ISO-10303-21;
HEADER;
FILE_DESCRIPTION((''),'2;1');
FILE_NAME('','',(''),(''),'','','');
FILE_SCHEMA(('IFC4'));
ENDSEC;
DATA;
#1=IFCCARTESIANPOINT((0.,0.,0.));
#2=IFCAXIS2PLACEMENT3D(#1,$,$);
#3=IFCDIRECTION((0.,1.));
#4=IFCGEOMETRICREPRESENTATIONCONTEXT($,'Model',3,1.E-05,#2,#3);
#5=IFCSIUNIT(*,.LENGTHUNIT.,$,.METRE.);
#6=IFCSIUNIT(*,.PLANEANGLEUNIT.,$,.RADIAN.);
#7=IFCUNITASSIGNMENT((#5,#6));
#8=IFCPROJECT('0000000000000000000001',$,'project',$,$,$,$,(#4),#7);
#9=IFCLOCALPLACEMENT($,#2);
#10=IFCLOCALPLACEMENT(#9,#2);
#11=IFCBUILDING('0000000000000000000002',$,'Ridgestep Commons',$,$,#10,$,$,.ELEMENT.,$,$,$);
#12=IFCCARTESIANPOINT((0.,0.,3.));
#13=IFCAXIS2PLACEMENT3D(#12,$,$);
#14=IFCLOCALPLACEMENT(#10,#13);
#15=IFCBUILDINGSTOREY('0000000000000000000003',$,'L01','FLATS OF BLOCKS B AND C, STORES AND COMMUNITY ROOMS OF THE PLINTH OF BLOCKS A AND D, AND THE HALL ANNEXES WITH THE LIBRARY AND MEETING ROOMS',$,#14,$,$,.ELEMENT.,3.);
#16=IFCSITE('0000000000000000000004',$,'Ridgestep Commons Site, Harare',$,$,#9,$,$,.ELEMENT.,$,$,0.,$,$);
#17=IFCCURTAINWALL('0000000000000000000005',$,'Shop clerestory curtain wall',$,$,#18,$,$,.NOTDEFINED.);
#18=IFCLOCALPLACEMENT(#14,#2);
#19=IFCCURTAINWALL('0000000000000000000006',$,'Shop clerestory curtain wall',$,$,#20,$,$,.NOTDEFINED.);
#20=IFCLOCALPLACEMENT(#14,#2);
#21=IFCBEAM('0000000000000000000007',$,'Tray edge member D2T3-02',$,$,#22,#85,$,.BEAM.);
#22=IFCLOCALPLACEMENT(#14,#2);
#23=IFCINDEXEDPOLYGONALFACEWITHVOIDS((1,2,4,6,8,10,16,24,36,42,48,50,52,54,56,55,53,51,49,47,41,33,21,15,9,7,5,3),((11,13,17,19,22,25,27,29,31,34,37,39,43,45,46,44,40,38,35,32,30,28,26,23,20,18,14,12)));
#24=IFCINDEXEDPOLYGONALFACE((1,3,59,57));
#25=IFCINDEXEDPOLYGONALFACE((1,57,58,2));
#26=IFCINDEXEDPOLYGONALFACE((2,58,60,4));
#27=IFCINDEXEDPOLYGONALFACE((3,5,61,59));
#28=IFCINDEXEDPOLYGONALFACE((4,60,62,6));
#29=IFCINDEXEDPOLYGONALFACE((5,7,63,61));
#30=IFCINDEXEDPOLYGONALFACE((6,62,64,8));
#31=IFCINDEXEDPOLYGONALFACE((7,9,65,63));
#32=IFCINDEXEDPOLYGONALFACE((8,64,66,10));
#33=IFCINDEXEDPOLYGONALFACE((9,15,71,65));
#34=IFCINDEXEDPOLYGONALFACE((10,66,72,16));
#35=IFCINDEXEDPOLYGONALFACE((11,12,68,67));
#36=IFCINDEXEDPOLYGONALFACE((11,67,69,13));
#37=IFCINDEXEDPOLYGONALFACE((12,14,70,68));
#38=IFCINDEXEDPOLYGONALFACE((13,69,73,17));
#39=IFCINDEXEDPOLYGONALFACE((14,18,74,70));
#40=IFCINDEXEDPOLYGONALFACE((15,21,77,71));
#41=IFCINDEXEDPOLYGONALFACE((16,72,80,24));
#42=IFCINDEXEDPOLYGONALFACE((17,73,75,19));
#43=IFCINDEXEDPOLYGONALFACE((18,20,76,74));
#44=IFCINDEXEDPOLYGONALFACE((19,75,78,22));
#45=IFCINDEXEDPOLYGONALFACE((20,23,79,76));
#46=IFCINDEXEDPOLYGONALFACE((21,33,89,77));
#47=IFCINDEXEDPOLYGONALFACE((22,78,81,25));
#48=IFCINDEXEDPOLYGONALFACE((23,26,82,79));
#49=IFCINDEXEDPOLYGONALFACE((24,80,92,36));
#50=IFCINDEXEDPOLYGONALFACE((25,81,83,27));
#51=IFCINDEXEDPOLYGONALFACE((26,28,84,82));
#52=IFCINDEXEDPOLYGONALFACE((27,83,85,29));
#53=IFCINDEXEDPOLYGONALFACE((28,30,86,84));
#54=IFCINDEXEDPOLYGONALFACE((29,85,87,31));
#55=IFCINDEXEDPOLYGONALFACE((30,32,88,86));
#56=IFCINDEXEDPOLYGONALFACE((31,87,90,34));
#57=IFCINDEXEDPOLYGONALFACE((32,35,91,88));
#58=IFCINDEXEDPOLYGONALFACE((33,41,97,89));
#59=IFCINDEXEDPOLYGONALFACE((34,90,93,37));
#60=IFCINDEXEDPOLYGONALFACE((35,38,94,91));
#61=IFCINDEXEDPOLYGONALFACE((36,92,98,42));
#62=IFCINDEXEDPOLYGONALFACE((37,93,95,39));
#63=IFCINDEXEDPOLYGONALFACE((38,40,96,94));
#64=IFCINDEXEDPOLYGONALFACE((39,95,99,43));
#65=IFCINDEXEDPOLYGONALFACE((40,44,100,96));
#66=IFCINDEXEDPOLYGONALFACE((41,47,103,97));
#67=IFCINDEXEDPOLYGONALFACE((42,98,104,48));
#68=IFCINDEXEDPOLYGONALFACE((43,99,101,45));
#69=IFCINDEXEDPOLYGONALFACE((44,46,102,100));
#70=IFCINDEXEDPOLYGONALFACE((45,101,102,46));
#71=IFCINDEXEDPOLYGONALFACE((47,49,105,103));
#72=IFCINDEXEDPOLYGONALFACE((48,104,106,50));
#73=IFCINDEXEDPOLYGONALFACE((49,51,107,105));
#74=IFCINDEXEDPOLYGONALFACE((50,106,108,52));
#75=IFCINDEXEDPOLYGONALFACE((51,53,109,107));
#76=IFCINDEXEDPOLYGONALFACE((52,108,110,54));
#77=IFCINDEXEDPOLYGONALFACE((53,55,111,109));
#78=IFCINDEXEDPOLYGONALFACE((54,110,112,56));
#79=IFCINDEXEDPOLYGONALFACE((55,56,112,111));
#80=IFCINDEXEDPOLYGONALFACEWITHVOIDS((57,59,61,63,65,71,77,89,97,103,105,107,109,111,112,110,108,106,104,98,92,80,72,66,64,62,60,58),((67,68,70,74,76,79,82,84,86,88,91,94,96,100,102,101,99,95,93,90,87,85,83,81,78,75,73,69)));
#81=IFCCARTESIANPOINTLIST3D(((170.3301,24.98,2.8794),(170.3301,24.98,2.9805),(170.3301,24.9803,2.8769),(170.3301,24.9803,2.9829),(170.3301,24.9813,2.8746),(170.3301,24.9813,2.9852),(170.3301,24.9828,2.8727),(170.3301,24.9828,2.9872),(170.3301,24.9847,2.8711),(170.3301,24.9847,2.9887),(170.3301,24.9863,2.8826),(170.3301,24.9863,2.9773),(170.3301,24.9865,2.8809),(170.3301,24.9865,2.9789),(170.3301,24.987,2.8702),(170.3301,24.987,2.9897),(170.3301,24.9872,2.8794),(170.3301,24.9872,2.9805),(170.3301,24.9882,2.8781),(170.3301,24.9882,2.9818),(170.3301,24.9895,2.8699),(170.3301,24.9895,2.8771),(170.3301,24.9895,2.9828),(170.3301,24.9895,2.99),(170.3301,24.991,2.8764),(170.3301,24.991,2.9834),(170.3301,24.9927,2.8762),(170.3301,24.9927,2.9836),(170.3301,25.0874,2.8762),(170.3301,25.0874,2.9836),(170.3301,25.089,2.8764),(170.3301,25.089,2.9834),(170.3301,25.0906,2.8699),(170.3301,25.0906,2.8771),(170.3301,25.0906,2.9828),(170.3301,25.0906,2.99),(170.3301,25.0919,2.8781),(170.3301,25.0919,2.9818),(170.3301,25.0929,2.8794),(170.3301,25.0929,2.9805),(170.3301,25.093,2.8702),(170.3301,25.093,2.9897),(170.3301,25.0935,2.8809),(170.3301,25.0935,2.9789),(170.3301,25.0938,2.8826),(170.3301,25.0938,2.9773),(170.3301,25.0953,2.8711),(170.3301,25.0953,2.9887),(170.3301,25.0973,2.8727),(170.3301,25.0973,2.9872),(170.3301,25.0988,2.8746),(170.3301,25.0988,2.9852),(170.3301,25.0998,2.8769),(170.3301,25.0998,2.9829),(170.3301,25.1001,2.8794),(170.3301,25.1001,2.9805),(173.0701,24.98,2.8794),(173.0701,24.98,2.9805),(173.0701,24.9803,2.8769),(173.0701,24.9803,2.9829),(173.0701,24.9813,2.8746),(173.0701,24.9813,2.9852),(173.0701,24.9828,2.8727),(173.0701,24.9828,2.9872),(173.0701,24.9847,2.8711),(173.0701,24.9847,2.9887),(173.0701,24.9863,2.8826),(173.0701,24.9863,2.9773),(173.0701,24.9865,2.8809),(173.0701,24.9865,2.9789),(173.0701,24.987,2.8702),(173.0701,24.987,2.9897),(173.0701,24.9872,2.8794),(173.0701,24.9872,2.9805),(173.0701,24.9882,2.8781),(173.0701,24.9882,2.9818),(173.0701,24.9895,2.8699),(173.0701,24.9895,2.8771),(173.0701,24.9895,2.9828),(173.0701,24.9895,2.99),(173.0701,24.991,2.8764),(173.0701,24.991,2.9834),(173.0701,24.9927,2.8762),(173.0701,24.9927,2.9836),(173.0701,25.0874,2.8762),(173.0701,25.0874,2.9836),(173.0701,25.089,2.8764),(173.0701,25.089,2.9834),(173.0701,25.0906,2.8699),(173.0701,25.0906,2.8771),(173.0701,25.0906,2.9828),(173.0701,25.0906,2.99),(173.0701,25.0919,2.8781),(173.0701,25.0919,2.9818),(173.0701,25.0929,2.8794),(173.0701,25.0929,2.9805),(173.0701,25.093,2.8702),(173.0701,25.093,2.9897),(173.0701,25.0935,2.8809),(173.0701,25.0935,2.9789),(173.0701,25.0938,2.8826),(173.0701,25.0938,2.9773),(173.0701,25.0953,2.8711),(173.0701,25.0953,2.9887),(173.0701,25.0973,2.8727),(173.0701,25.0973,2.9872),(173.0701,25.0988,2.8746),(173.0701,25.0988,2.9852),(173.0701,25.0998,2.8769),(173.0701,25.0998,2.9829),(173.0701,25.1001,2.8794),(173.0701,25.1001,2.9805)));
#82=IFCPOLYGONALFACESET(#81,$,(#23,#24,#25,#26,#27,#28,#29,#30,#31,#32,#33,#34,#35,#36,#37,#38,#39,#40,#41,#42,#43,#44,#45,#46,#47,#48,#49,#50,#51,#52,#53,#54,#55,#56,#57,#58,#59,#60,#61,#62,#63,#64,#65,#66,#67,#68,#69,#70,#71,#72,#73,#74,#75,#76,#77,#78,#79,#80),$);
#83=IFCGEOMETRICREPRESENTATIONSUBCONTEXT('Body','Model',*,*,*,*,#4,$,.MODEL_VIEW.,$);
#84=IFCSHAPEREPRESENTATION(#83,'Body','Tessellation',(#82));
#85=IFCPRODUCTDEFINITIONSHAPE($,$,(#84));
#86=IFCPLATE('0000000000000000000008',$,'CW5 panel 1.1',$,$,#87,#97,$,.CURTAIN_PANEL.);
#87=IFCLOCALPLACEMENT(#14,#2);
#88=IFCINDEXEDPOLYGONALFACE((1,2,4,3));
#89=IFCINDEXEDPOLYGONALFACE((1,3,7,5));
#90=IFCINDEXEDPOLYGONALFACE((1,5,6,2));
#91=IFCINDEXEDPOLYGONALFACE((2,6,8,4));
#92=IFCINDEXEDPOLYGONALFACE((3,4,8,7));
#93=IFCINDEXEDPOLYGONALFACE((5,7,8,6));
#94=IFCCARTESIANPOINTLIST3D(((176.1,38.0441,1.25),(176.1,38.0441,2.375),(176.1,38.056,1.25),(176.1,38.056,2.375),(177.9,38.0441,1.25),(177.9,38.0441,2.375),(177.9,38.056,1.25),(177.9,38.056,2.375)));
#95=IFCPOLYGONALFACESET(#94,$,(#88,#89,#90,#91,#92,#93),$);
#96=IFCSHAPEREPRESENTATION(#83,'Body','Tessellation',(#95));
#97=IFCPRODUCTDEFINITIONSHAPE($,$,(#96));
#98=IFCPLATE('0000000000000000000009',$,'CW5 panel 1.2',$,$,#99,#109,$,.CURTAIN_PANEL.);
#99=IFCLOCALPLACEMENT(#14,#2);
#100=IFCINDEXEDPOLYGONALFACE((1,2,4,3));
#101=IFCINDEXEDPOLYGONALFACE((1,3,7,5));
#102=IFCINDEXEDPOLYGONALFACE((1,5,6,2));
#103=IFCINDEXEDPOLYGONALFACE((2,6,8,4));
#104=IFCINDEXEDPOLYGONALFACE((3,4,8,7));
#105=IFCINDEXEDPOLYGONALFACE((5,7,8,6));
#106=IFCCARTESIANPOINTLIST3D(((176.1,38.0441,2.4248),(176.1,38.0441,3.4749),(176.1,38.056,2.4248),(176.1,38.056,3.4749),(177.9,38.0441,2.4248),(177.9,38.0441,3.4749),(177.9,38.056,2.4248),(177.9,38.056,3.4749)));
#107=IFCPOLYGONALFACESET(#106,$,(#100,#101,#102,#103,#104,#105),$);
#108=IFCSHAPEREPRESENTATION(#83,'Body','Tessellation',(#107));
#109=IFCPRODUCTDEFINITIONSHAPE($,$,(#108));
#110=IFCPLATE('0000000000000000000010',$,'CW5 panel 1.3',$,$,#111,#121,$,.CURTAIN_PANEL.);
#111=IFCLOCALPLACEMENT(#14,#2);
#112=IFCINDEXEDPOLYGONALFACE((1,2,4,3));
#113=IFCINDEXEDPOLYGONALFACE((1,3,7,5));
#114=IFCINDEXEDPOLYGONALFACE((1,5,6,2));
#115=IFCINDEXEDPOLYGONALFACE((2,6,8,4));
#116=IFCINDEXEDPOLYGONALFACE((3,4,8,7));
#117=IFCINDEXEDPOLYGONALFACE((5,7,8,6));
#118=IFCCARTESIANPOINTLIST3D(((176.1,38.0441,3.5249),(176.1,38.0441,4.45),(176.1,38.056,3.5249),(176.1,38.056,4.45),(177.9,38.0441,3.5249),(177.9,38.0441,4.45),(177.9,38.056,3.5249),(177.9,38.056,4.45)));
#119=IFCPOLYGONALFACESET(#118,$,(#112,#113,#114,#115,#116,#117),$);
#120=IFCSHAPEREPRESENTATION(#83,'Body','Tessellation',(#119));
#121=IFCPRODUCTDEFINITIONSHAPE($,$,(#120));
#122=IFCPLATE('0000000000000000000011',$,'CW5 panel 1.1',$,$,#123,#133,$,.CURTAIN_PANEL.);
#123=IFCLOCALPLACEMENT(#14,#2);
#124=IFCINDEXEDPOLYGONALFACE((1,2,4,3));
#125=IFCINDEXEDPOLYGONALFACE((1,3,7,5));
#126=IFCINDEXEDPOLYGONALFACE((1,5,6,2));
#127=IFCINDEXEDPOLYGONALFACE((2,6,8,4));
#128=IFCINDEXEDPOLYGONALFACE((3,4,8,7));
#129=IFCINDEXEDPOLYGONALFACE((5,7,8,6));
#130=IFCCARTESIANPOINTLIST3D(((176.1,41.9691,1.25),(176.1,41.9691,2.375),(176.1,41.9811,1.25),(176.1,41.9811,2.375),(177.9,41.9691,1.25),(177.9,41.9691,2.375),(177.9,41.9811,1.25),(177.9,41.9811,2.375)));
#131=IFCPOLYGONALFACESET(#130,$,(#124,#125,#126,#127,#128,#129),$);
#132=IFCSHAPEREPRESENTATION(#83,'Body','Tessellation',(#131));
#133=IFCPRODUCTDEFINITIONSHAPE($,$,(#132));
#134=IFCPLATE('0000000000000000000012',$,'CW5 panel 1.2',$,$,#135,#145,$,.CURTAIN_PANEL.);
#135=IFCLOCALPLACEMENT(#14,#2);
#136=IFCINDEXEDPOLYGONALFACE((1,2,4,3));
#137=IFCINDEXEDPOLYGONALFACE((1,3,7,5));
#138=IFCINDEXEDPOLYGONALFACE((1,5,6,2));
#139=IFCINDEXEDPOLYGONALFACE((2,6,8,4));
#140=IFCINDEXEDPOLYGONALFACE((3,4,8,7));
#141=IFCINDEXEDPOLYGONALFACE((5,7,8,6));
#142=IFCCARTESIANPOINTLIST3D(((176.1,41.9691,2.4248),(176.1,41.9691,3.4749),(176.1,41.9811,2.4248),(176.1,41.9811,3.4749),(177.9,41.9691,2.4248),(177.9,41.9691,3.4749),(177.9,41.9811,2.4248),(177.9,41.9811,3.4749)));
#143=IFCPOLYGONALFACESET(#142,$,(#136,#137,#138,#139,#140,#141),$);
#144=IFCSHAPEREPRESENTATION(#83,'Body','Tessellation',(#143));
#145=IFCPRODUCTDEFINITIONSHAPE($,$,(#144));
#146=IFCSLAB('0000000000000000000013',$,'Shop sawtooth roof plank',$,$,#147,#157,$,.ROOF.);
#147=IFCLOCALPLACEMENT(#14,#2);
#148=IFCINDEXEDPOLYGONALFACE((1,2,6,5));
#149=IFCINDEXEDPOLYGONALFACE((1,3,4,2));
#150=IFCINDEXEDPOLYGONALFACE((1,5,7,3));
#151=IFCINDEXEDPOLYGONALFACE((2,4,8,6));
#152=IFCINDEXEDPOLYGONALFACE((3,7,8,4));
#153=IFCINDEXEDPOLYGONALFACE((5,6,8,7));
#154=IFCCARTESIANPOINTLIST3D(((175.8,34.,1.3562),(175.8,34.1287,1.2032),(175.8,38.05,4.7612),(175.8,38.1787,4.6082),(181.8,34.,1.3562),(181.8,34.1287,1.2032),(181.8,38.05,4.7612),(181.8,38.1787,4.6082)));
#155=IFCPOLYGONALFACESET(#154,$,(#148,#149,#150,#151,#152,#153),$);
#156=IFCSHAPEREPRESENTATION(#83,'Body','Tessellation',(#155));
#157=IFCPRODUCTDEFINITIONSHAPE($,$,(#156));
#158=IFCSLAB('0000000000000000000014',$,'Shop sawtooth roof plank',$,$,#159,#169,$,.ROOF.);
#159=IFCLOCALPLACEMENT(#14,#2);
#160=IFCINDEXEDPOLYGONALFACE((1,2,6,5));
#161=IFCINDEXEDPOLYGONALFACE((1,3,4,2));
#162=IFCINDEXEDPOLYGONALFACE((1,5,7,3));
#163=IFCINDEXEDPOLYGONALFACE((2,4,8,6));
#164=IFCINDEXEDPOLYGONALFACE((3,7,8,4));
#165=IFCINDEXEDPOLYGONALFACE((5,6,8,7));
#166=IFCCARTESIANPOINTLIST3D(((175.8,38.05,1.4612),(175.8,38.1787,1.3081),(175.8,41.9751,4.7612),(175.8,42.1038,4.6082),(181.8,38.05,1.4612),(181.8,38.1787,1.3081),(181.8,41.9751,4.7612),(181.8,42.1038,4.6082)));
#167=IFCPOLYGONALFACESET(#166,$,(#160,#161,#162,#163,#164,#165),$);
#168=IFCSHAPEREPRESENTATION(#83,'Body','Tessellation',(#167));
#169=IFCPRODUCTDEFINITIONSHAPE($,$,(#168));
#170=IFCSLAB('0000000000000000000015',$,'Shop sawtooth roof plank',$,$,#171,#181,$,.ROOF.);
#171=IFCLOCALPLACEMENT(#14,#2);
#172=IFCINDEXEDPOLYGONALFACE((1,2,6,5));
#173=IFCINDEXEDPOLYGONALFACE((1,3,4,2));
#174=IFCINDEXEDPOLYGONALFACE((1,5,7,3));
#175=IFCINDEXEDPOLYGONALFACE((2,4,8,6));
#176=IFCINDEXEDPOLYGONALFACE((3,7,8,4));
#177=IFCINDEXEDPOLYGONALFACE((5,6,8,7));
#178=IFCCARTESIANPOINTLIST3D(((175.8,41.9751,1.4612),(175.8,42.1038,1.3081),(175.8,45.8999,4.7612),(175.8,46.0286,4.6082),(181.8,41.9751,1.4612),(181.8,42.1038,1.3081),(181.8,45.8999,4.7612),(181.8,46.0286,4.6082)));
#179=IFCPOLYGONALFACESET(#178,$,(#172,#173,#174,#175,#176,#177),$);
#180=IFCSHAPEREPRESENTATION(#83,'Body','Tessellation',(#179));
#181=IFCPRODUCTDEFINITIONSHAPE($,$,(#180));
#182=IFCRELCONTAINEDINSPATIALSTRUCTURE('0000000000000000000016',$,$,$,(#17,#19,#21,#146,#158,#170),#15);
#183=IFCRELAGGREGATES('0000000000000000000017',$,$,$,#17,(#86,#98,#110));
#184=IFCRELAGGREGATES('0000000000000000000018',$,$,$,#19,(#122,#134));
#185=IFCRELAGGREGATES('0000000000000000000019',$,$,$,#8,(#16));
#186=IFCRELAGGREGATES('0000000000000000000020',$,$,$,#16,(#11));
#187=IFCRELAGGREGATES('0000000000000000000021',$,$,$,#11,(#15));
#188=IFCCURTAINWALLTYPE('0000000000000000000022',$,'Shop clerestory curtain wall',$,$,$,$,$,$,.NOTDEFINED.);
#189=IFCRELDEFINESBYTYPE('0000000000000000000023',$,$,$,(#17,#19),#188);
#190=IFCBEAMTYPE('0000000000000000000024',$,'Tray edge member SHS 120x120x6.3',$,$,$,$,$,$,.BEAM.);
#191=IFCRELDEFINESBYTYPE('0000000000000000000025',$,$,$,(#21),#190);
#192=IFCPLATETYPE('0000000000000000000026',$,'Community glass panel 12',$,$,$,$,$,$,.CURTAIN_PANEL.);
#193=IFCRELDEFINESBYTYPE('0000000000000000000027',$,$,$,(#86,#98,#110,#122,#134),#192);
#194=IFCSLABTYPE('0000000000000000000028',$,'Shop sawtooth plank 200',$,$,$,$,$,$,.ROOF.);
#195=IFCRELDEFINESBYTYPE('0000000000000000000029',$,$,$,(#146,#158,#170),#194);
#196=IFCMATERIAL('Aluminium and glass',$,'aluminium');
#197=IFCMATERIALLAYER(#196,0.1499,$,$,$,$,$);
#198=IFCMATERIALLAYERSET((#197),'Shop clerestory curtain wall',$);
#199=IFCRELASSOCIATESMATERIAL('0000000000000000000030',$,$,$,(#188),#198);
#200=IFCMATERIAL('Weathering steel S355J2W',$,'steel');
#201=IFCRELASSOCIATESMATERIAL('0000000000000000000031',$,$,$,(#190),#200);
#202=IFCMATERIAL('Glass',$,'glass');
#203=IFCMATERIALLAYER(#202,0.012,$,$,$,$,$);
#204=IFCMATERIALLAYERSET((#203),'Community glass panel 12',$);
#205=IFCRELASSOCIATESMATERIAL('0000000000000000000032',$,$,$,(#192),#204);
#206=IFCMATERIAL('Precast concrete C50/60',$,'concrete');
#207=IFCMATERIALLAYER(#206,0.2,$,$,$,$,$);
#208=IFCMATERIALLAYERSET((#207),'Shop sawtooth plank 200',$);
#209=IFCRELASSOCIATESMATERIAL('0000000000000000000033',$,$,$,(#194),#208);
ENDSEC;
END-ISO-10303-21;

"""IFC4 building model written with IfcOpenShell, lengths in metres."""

from ifc_helpers import new_model, si_unit, direction, frame, origin, origin_2d, place, context, subcontext, project, spatial, polyline, rectangle, hollow_rectangle, outline, extrude, material, layer, layer_set, material_profile, profile_set, type_object, element, aggregate, save


model = new_model("IFC4")

# Units and contexts
model_context = context("Model", 3, precision=1e-05, world=origin(), true_north=direction((0.0, 1.0)))
body_context = subcontext(model_context, "Body", "Model", "MODEL_VIEW")
ifc_project = project(units=[si_unit("LENGTHUNIT", "METRE"), si_unit("PLANEANGLEUNIT", "RADIAN")], contexts=[model_context])

# Site, building, storey
site_placement = place(None, origin())
site = spatial("IfcSite", under=ifc_project, at=site_placement, Name="Ridgestep Commons Site, Harare", CompositionType="ELEMENT", RefElevation=0.0)
building_placement = place(site_placement, origin())
building = spatial("IfcBuilding", under=site, at=building_placement, Name="Ridgestep Commons", CompositionType="ELEMENT")
storey_placement = place(building_placement, frame((0.0, 0.0, 3.0)))
storey = spatial("IfcBuildingStorey", under=building, at=storey_placement, Name="L01", Description="FLATS OF BLOCKS B AND C, STORES AND COMMUNITY ROOMS OF THE PLINTH OF BLOCKS A AND D, AND THE HALL ANNEXES WITH THE LIBRARY AND MEETING ROOMS", CompositionType="ELEMENT", Elevation=3.0)

# Curtain walls
ifc_material_1 = material(Name="Aluminium and glass", Category="aluminium")
ifc_layer_1 = layer(ifc_material_1, 0.1499)
ifc_layer_set_1 = layer_set([ifc_layer_1], Name="Shop clerestory curtain wall")
curtain_wall_type = type_object("IfcCurtainWallType", Name="Shop clerestory curtain wall", PredefinedType="NOTDEFINED", material=ifc_layer_set_1)
curtain_wall_1_placement = place(storey_placement, origin())
curtain_wall_1 = element("IfcCurtainWall", 1, at=curtain_wall_1_placement, inside=storey, type_object=curtain_wall_type, Name="Shop clerestory curtain wall", PredefinedType="NOTDEFINED")
curtain_wall_2_placement = place(storey_placement, origin())
curtain_wall_2 = element("IfcCurtainWall", 2, at=curtain_wall_2_placement, inside=storey, type_object=curtain_wall_type, Name="Shop clerestory curtain wall", PredefinedType="NOTDEFINED")

# Beam
ifc_material_2 = material(Name="Weathering steel S355J2W", Category="steel")
ifc_material_profile_1 = material_profile(ifc_material_2, hollow_rectangle(XDim=0.1201, YDim=0.1201, WallThickness=0.0063, InnerFilletRadius=0.0063, OuterFilletRadius=0.0095, at=origin_2d()), Name="SHS 120x120x6.3")
ifc_profile_set_1 = profile_set([ifc_material_profile_1], Name="Weathering steel S355J2W")
beam_type = type_object("IfcBeamType", Name="Tray edge member SHS 120x120x6.3", PredefinedType="BEAM", material=ifc_profile_set_1)
beam_placement = place(storey_placement, frame((170.3301, 25.04, 2.9299), z_axis=(1.0, 0.0, 0.0), x_axis=(0.0, 0.0, 1.0)))
element("IfcBeam", 3, at=beam_placement, inside=storey, type_object=beam_type, Name="Tray edge member D2T3-02", PredefinedType="BEAM", context=body_context, shape_type="SweptSolid", body=[
    extrude(hollow_rectangle(XDim=0.1201, YDim=0.1201, WallThickness=0.0063, InnerFilletRadius=0.0063, OuterFilletRadius=0.0095, at=origin_2d()), origin(), (0.0, 0.0, 1.0), 2.74),
])

# Plates
ifc_material_3 = material(Name="Glass", Category="glass")
ifc_layer_2 = layer(ifc_material_3, 0.012)
ifc_layer_set_2 = layer_set([ifc_layer_2], Name="Community glass panel 12")
plate_type = type_object("IfcPlateType", Name="Community glass panel 12", PredefinedType="CURTAIN_PANEL", material=ifc_layer_set_2)
plate_1_placement = place(storey_placement, frame((177.0, 38.05, 1.25), z_axis=(0.0, 0.0, 1.0), x_axis=(1.0, 0.0, 0.0)))
plate_1 = element("IfcPlate", 4, at=plate_1_placement, type_object=plate_type, Name="CW5 panel 1.1", PredefinedType="CURTAIN_PANEL", context=body_context, shape_type="SweptSolid", body=[
    extrude(rectangle(XDim=1.8, YDim=0.012, at=origin_2d()), origin(), (0.0, 0.0, 1.0), 1.125),
])
plate_2_placement = place(storey_placement, frame((177.0, 38.05, 2.4248), z_axis=(0.0, 0.0, 1.0), x_axis=(1.0, 0.0, 0.0)))
plate_2 = element("IfcPlate", 5, at=plate_2_placement, type_object=plate_type, Name="CW5 panel 1.2", PredefinedType="CURTAIN_PANEL", context=body_context, shape_type="SweptSolid", body=[
    extrude(rectangle(XDim=1.8, YDim=0.012, at=origin_2d()), origin(), (0.0, 0.0, 1.0), 1.05),
])
plate_3_placement = place(storey_placement, frame((177.0, 38.05, 3.5249), z_axis=(0.0, 0.0, 1.0), x_axis=(1.0, 0.0, 0.0)))
plate_3 = element("IfcPlate", 6, at=plate_3_placement, type_object=plate_type, Name="CW5 panel 1.3", PredefinedType="CURTAIN_PANEL", context=body_context, shape_type="SweptSolid", body=[
    extrude(rectangle(XDim=1.8, YDim=0.012, at=origin_2d()), origin(), (0.0, 0.0, 1.0), 0.925),
])
aggregate(curtain_wall_1, [plate_1, plate_2, plate_3])
plate_4_placement = place(storey_placement, frame((177.0, 41.9751, 1.25), z_axis=(0.0, 0.0, 1.0), x_axis=(1.0, 0.0, 0.0)))
plate_4 = element("IfcPlate", 7, at=plate_4_placement, type_object=plate_type, Name="CW5 panel 1.1", PredefinedType="CURTAIN_PANEL", context=body_context, shape_type="SweptSolid", body=[
    extrude(rectangle(XDim=1.8, YDim=0.012, at=origin_2d()), origin(), (0.0, 0.0, 1.0), 1.125),
])
plate_5_placement = place(storey_placement, frame((177.0, 41.9751, 2.4248), z_axis=(0.0, 0.0, 1.0), x_axis=(1.0, 0.0, 0.0)))
plate_5 = element("IfcPlate", 8, at=plate_5_placement, type_object=plate_type, Name="CW5 panel 1.2", PredefinedType="CURTAIN_PANEL", context=body_context, shape_type="SweptSolid", body=[
    extrude(rectangle(XDim=1.8, YDim=0.012, at=origin_2d()), origin(), (0.0, 0.0, 1.0), 1.05),
])
aggregate(curtain_wall_2, [plate_4, plate_5])

# Slabs
ifc_material_4 = material(Name="Precast concrete C50/60", Category="concrete")
ifc_layer_3 = layer(ifc_material_4, 0.2)
ifc_layer_set_3 = layer_set([ifc_layer_3], Name="Shop sawtooth plank 200")
slab_type = type_object("IfcSlabType", Name="Shop sawtooth plank 200", PredefinedType="ROOF", material=ifc_layer_set_3)
slab_1_placement = place(storey_placement, frame((175.8, 34.0, 1.3562), z_axis=(0.0, -0.643523, 0.765427), x_axis=(1.0, 0.0, 0.0)))
element("IfcSlab", 9, at=slab_1_placement, inside=storey, type_object=slab_type, Name="Shop sawtooth roof plank", PredefinedType="ROOF", context=body_context, shape_type="SweptSolid", body=[
    extrude(outline(polyline([(0.0, 0.0), (6.0, 0.0), (6.0, 5.2912), (0.0, 5.2912), (0.0, 0.0)])), origin(), (0.0, 0.0, -1.0), 0.2),
])
slab_2_placement = place(storey_placement, frame((175.8, 38.05, 1.4612), z_axis=(0.0, -0.643536, 0.765416), x_axis=(1.0, 0.0, 0.0)))
element("IfcSlab", 10, at=slab_2_placement, inside=storey, type_object=slab_type, Name="Shop sawtooth roof plank", PredefinedType="ROOF", context=body_context, shape_type="SweptSolid", body=[
    extrude(outline(polyline([(0.0, 0.0), (6.0, 0.0), (6.0, 5.128), (0.0, 5.128), (0.0, 0.0)])), origin(), (0.0, 0.0, -1.0), 0.2),
])
slab_3_placement = place(storey_placement, frame((175.8, 41.9751, 1.4612), z_axis=(0.0, -0.643559, 0.765396), x_axis=(1.0, 0.0, 0.0)))
element("IfcSlab", 11, at=slab_3_placement, inside=storey, type_object=slab_type, Name="Shop sawtooth roof plank", PredefinedType="ROOF", context=body_context, shape_type="SweptSolid", body=[
    extrude(outline(polyline([(0.0, 0.0), (6.0, 0.0), (6.0, 5.1278), (0.0, 5.1278), (0.0, 0.0)])), origin(), (0.0, 0.0, -1.0), 0.2),
])

save(model, "model.ifc")
